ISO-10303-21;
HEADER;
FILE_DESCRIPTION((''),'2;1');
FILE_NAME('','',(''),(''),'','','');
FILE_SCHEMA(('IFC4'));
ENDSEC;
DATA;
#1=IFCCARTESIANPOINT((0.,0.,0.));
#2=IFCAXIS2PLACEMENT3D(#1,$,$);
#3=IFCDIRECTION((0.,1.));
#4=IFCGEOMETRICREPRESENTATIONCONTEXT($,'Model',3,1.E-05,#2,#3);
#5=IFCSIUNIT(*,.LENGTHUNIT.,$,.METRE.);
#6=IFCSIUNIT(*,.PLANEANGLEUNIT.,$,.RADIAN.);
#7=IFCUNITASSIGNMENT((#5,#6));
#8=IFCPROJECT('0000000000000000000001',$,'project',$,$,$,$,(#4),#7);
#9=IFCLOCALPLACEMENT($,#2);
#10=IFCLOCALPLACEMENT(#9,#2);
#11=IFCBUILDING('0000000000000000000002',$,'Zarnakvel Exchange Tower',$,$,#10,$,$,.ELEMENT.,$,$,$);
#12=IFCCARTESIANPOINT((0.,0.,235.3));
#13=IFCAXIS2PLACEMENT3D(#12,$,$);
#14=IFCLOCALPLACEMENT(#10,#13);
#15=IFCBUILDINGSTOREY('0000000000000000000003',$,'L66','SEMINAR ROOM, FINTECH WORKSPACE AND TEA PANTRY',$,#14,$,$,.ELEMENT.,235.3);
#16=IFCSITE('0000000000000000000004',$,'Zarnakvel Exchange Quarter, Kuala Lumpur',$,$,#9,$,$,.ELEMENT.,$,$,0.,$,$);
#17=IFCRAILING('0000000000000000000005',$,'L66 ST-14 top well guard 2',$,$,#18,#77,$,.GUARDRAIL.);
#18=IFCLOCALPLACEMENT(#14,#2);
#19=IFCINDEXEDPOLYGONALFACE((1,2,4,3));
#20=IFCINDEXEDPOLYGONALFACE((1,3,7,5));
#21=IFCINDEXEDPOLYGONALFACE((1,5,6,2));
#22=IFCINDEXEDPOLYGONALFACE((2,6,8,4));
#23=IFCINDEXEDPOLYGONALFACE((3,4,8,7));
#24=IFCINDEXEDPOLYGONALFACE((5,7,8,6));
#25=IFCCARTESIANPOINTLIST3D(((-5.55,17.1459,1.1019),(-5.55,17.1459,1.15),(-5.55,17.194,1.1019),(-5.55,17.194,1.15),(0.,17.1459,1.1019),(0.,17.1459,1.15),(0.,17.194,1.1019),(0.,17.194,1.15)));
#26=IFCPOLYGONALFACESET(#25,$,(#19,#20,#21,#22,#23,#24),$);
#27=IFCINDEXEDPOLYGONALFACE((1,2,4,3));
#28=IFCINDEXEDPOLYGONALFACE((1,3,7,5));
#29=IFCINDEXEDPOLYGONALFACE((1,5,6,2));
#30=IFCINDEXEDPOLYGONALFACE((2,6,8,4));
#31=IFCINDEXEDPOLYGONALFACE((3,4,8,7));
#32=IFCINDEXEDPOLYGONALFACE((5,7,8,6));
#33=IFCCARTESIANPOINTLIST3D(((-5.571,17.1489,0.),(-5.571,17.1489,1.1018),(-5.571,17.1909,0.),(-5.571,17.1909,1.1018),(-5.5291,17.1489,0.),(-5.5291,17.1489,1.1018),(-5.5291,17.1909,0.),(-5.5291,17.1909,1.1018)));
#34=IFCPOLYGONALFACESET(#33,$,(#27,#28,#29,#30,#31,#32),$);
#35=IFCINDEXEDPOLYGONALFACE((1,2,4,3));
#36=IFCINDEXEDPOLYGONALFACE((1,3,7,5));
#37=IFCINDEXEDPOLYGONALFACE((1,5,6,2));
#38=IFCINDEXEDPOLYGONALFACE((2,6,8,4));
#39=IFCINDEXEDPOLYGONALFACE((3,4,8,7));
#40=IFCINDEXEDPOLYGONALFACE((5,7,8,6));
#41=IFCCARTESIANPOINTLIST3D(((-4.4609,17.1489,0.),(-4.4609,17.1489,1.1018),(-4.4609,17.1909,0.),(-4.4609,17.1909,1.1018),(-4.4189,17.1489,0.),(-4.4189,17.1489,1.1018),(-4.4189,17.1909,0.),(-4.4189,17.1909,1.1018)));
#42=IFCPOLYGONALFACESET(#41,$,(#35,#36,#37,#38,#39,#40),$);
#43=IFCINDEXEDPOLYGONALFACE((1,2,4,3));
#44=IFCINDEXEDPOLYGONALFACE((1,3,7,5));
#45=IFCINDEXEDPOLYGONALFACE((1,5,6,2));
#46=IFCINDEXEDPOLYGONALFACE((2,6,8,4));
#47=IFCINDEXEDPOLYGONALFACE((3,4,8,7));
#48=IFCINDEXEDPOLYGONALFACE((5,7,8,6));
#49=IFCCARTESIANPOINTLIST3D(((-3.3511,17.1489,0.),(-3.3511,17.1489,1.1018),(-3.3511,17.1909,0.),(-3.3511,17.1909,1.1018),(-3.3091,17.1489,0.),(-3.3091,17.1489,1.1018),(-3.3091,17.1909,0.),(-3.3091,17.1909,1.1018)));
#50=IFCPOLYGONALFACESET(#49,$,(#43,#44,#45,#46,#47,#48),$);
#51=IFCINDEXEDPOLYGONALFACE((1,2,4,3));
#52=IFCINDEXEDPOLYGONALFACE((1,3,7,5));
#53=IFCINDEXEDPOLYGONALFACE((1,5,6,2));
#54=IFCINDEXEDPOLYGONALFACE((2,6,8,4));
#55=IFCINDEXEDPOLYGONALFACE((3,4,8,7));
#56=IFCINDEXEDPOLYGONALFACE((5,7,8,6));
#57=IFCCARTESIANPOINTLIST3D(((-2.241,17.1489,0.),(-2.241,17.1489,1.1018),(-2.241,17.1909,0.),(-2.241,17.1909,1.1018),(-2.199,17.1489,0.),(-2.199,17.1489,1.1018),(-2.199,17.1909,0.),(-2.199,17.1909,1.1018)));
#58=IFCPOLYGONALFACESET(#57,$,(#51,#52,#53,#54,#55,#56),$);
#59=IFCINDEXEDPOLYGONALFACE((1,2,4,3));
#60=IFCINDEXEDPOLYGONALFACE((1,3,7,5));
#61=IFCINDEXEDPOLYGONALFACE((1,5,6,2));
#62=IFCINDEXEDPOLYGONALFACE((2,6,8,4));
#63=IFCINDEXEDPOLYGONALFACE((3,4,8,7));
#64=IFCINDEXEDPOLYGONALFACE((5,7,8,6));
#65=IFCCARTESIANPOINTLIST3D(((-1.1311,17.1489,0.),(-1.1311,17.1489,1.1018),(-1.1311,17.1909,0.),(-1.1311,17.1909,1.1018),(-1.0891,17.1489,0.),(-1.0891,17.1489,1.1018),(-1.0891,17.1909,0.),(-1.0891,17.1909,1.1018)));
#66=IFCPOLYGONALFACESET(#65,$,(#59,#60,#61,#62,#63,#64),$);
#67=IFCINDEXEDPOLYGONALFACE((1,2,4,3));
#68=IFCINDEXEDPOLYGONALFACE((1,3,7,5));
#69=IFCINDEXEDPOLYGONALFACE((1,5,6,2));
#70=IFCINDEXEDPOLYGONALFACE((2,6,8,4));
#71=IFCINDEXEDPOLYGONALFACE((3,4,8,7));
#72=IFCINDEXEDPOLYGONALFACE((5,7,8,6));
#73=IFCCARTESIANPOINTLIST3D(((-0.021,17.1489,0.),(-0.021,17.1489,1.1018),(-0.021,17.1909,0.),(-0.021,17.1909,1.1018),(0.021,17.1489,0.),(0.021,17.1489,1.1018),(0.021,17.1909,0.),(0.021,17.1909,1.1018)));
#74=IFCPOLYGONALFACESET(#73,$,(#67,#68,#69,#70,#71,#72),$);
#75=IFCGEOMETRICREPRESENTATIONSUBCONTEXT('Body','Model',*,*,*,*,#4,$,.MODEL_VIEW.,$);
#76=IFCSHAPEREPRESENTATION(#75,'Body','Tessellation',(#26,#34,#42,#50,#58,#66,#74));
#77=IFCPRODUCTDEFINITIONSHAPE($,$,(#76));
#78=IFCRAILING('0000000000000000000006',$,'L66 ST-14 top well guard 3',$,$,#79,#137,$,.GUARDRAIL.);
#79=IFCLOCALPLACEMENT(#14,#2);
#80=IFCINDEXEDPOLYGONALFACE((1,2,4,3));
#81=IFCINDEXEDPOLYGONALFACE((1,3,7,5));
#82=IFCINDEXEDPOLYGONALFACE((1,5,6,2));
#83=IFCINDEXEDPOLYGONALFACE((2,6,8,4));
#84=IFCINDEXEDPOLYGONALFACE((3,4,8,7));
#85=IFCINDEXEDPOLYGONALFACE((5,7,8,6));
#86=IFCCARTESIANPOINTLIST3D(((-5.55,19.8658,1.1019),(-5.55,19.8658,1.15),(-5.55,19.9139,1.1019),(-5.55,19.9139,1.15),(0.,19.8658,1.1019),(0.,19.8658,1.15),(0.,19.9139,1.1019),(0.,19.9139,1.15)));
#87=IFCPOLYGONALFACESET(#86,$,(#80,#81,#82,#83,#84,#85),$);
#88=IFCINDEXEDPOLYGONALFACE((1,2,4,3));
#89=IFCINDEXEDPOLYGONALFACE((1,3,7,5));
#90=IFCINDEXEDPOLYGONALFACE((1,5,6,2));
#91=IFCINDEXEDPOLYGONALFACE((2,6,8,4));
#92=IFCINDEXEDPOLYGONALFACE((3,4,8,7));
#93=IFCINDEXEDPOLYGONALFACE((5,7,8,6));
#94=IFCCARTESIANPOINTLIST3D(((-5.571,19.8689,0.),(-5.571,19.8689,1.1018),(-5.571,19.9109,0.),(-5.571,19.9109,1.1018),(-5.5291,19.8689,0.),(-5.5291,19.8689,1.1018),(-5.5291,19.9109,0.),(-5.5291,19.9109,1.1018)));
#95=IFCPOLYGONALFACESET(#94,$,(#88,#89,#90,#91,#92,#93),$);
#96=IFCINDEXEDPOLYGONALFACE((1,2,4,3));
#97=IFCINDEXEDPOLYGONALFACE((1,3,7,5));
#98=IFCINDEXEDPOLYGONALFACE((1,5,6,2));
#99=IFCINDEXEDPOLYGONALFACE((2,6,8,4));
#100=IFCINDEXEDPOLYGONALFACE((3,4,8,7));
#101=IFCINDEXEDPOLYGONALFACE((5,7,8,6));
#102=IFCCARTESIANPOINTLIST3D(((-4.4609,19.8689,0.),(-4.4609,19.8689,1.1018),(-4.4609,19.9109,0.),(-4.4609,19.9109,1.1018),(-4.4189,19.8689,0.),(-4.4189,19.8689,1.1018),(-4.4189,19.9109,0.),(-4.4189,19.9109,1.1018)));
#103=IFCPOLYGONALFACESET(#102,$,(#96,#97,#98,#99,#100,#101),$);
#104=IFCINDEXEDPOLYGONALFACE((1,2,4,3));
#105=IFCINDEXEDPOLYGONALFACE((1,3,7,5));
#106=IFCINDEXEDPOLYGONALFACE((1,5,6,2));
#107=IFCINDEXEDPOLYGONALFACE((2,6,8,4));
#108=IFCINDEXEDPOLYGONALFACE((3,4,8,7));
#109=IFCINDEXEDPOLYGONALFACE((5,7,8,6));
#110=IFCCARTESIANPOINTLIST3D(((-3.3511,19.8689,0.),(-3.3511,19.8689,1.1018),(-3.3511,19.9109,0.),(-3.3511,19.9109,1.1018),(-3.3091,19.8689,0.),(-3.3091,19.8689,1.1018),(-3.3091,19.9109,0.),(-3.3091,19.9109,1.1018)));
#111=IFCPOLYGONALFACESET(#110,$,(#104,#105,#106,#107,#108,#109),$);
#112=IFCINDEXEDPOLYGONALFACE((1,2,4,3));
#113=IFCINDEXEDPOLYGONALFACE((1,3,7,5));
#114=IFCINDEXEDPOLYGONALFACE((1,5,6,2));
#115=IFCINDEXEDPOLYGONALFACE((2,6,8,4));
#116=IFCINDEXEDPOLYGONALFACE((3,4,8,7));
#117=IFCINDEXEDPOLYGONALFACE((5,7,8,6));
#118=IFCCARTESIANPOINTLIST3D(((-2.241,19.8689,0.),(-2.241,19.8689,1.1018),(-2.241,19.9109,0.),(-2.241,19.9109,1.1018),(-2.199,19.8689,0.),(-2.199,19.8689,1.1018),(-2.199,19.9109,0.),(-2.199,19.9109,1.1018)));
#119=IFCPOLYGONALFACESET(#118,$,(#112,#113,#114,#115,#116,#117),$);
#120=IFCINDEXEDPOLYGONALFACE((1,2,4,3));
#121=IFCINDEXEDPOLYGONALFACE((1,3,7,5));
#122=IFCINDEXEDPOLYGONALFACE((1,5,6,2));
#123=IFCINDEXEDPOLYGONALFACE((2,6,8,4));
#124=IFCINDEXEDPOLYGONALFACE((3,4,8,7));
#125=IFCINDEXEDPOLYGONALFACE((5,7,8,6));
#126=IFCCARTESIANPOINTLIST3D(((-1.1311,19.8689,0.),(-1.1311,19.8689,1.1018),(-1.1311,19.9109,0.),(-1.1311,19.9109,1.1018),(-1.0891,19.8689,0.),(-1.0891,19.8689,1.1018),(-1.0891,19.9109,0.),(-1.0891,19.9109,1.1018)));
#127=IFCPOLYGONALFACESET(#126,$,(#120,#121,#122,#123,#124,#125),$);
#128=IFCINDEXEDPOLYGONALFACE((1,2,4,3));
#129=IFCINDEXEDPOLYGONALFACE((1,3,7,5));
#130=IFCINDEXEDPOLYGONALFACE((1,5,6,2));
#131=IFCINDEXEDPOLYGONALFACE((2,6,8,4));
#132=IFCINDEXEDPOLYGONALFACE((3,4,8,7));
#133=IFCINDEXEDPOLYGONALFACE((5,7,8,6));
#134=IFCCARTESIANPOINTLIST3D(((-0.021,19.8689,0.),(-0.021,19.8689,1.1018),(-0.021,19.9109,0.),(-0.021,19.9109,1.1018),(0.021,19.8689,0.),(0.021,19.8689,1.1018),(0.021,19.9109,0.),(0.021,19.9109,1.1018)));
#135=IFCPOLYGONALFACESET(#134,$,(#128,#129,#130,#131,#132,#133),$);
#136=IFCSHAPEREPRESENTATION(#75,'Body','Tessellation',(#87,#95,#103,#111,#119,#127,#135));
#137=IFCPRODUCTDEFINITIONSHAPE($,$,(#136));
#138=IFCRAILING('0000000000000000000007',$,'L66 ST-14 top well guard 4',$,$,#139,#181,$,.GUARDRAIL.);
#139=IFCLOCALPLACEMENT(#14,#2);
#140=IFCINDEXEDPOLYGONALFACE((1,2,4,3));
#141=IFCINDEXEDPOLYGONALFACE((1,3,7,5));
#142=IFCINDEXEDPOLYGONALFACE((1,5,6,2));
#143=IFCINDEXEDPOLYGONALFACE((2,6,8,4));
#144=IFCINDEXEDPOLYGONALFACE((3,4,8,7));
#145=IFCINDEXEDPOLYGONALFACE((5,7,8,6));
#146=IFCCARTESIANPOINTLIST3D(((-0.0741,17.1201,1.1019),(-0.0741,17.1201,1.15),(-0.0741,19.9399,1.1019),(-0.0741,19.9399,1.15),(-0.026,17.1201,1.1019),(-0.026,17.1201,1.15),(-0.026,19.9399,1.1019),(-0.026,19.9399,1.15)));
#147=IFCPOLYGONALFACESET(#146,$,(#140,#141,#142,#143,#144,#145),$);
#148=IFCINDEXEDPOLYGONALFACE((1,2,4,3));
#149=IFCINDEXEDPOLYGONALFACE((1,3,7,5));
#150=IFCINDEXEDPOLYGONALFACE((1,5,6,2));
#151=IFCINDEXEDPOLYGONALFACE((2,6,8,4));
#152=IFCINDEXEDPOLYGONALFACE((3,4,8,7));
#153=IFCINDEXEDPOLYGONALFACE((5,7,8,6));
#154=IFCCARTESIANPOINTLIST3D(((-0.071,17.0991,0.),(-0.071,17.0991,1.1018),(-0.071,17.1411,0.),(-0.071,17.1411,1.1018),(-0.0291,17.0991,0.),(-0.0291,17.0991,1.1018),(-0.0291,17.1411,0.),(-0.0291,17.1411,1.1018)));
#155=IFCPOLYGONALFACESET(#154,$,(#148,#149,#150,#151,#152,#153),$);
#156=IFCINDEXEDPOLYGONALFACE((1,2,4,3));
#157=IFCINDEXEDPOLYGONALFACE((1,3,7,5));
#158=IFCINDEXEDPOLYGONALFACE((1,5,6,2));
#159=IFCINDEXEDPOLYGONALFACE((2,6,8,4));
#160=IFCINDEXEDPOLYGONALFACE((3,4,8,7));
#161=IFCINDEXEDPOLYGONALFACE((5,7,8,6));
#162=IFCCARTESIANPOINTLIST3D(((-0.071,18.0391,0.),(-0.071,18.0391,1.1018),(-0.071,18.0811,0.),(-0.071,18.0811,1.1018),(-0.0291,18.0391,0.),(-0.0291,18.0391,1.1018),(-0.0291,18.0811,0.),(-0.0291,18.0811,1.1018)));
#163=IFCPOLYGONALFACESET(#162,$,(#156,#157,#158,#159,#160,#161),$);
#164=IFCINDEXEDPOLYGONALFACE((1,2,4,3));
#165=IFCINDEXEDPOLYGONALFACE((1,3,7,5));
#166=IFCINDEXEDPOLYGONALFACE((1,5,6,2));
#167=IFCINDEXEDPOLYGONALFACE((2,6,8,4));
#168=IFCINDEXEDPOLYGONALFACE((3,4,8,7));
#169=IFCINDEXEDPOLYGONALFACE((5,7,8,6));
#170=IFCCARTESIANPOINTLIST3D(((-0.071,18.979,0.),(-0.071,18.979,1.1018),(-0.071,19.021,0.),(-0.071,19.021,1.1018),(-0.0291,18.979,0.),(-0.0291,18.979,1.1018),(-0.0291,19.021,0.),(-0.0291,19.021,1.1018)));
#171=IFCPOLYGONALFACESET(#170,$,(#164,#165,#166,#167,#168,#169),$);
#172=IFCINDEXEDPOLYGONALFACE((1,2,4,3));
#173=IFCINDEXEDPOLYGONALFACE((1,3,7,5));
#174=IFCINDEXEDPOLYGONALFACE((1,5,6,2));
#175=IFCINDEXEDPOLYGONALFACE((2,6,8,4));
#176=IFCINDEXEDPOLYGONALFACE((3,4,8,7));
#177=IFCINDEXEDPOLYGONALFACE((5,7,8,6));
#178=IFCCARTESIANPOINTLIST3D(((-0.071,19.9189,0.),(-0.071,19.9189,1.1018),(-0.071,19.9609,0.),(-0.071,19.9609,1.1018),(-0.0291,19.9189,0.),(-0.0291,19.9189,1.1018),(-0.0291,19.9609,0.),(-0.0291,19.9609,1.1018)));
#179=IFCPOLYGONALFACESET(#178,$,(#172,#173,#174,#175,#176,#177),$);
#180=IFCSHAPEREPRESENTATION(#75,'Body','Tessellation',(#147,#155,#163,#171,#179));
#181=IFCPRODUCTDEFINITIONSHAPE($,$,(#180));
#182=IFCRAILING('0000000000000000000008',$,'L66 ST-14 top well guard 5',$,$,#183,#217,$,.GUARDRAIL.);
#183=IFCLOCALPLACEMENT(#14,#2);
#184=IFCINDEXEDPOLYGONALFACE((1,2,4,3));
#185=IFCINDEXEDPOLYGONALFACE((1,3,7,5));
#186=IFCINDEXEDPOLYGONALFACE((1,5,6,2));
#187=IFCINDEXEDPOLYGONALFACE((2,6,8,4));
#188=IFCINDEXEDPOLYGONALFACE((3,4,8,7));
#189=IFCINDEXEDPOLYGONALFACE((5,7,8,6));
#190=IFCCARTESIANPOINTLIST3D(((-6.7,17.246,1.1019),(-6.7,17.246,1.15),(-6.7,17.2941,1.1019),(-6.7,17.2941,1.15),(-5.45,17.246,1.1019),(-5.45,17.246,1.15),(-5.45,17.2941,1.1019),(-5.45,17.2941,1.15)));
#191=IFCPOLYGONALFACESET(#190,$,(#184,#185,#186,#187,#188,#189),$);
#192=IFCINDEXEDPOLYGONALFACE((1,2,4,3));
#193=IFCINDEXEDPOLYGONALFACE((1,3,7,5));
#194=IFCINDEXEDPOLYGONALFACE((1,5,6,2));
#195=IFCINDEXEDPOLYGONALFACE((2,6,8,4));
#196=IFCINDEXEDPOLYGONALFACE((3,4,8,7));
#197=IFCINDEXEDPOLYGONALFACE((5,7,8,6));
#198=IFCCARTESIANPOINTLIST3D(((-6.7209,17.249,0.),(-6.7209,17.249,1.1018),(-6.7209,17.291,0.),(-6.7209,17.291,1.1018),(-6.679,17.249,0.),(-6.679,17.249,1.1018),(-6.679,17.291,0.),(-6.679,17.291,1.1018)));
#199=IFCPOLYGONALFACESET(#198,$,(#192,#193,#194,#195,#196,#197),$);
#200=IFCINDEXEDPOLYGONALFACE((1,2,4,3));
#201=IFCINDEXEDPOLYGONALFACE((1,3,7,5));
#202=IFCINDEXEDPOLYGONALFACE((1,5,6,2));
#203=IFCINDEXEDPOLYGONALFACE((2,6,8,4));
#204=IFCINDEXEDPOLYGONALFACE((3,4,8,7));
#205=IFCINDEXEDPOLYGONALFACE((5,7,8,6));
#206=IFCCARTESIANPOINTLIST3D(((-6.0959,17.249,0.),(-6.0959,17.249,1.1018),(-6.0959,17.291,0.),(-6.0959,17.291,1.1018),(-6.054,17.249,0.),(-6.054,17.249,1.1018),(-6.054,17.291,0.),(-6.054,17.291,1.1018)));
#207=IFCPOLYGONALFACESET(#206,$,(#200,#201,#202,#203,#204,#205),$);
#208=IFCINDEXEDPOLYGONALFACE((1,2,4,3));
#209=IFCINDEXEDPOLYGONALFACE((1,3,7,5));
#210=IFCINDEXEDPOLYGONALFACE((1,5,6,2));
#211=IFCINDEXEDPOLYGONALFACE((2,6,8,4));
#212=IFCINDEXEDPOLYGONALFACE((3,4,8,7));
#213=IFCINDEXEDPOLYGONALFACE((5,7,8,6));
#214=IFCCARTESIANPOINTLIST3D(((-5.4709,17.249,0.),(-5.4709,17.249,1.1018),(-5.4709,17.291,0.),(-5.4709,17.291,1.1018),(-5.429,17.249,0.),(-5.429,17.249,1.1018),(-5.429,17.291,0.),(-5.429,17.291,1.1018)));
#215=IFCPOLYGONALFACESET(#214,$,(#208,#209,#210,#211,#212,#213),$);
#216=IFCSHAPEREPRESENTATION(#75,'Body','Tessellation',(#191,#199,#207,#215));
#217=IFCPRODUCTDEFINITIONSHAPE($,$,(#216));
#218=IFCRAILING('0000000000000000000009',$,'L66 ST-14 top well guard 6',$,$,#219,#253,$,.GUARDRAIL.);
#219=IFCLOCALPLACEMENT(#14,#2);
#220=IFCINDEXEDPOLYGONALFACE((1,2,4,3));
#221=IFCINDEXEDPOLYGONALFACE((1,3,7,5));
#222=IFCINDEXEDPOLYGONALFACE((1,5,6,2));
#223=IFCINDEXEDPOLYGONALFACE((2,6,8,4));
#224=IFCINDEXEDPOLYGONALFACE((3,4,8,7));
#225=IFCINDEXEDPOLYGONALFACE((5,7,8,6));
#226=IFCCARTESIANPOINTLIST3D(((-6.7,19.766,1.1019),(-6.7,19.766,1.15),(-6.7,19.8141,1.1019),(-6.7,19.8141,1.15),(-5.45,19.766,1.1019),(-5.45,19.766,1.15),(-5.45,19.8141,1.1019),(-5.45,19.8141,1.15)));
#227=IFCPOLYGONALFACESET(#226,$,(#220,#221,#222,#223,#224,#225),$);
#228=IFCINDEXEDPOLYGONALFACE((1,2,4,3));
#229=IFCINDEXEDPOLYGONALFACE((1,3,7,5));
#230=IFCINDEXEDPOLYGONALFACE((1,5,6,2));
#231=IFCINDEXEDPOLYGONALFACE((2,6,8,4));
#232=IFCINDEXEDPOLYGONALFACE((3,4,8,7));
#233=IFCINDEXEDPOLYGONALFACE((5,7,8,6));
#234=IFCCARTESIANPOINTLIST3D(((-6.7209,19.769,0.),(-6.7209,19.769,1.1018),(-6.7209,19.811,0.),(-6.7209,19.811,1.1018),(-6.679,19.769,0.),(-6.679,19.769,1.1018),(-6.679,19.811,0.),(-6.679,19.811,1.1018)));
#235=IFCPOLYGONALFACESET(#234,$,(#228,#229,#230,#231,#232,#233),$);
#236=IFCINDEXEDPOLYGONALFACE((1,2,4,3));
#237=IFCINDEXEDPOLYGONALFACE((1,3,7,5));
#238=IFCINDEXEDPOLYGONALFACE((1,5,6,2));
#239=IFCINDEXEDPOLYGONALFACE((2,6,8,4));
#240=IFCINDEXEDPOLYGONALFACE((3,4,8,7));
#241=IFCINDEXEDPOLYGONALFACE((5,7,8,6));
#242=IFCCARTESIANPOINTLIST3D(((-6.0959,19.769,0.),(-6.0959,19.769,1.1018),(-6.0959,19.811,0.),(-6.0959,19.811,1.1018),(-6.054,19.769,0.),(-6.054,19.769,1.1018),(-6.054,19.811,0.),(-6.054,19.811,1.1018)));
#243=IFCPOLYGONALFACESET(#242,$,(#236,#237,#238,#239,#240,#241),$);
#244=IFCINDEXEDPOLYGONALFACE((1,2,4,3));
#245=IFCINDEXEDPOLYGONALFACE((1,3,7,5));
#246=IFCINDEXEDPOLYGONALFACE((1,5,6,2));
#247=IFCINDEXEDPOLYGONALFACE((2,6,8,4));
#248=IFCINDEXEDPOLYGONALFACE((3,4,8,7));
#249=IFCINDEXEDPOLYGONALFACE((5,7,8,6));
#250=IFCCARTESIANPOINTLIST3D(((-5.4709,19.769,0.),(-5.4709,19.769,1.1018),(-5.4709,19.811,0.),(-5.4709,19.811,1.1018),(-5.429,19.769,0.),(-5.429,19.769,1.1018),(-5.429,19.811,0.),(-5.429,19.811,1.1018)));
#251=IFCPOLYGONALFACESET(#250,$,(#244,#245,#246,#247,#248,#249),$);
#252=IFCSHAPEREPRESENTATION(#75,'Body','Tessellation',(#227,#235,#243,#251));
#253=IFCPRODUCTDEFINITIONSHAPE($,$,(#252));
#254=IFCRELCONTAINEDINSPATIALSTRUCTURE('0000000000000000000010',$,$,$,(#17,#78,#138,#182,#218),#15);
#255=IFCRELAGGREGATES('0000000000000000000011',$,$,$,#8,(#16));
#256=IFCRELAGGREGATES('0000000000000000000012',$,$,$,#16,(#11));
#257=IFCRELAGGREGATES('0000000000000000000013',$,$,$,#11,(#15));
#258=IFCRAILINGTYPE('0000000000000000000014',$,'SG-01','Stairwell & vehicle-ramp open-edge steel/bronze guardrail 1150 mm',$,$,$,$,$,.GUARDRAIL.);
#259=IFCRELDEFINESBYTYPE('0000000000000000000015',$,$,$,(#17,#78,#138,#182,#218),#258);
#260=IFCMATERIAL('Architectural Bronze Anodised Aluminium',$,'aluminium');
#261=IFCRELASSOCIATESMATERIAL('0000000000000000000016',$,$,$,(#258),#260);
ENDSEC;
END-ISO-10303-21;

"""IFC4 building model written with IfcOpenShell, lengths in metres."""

from ifc_helpers import new_model, si_unit, direction, frame, origin, origin_2d, place, context, subcontext, project, spatial, rectangle, extrude, material, type_object, element, save


model = new_model("IFC4")

# Units and contexts
model_context = context("Model", 3, precision=1e-05, world=origin(), true_north=direction((0.0, 1.0)))
body_context = subcontext(model_context, "Body", "Model", "MODEL_VIEW")
ifc_project = project(units=[si_unit("LENGTHUNIT", "METRE"), si_unit("PLANEANGLEUNIT", "RADIAN")], contexts=[model_context])

# Site, building, storey
site_placement = place(None, origin())
site = spatial("IfcSite", under=ifc_project, at=site_placement, Name="Zarnakvel Exchange Quarter, Kuala Lumpur", CompositionType="ELEMENT", RefElevation=0.0)
building_placement = place(site_placement, origin())
building = spatial("IfcBuilding", under=site, at=building_placement, Name="Zarnakvel Exchange Tower", CompositionType="ELEMENT")
storey_placement = place(building_placement, frame((0.0, 0.0, 235.3)))
storey = spatial("IfcBuildingStorey", under=building, at=storey_placement, Name="L66", Description="SEMINAR ROOM, FINTECH WORKSPACE AND TEA PANTRY", CompositionType="ELEMENT", Elevation=235.3)

# Shared definitions
ifc_material_1 = material(Name="Architectural Bronze Anodised Aluminium", Category="aluminium")

# Railings
railing_type_1 = type_object("IfcRailingType", Name="SG-01", Description="Stairwell & vehicle-ramp open-edge steel/bronze guardrail 1150 mm", PredefinedType="GUARDRAIL", material=ifc_material_1)
for number, where, name in (
    (1, (-5.55, 17.1699, 0.0), "L66 ST-14 top well guard 2"),
    (2, (-5.55, 19.8899, 0.0), "L66 ST-14 top well guard 3"),
):
    element("IfcRailing", number, at=place(storey_placement, frame(where)), inside=storey, type_object=railing_type_1, Name=name, PredefinedType="GUARDRAIL", context=body_context, shape_type="SweptSolid", body=[
        extrude(rectangle(XDim=0.0481, YDim=0.0481, at=origin_2d()), frame((0.0, 0.0, 1.126), z_axis=(1.0, 0.0, 0.0), x_axis=(0.0, 1.0, 0.0)), (0.0, 0.0, 1.0), 5.55),
        extrude(rectangle(XDim=0.042, YDim=0.042, at=origin_2d()), origin(), (0.0, 0.0, 1.0), 1.1018),
        extrude(rectangle(XDim=0.042, YDim=0.042, at=origin_2d()), frame((1.1101, 0.0, 0.0)), (0.0, 0.0, 1.0), 1.1018),
        extrude(rectangle(XDim=0.042, YDim=0.042, at=origin_2d()), frame((2.22, 0.0, 0.0)), (0.0, 0.0, 1.0), 1.1018),
        extrude(rectangle(XDim=0.042, YDim=0.042, at=origin_2d()), frame((3.3301, 0.0, 0.0)), (0.0, 0.0, 1.0), 1.1018),
        extrude(rectangle(XDim=0.042, YDim=0.042, at=origin_2d()), frame((4.4399, 0.0, 0.0)), (0.0, 0.0, 1.0), 1.1018),
        extrude(rectangle(XDim=0.042, YDim=0.042, at=origin_2d()), frame((5.55, 0.0, 0.0)), (0.0, 0.0, 1.0), 1.1018),
    ])
railing_1_placement = place(storey_placement, frame((-0.05, 17.1201, 0.0)))
element("IfcRailing", 3, at=railing_1_placement, inside=storey, type_object=railing_type_1, Name="L66 ST-14 top well guard 4", PredefinedType="GUARDRAIL", context=body_context, shape_type="SweptSolid", body=[
    extrude(rectangle(XDim=0.0481, YDim=0.0481, at=origin_2d()), frame((0.0, 0.0, 1.126), z_axis=(0.0, 1.0, 0.0), x_axis=(-1.0, 0.0, 0.0)), (0.0, 0.0, 1.0), 2.8198),
    extrude(rectangle(XDim=0.042, YDim=0.042, at=origin_2d()), origin(), (0.0, 0.0, 1.0), 1.1018),
    extrude(rectangle(XDim=0.042, YDim=0.042, at=origin_2d()), frame((0.0, 0.9399, 0.0)), (0.0, 0.0, 1.0), 1.1018),
    extrude(rectangle(XDim=0.042, YDim=0.042, at=origin_2d()), frame((0.0, 1.8799, 0.0)), (0.0, 0.0, 1.0), 1.1018),
    extrude(rectangle(XDim=0.042, YDim=0.042, at=origin_2d()), frame((0.0, 2.8198, 0.0)), (0.0, 0.0, 1.0), 1.1018),
])
for number, where, name in (
    (4, (-6.7, 17.27, 0.0), "L66 ST-14 top well guard 5"),
    (5, (-6.7, 19.79, 0.0), "L66 ST-14 top well guard 6"),
):
    element("IfcRailing", number, at=place(storey_placement, frame(where)), inside=storey, type_object=railing_type_1, Name=name, PredefinedType="GUARDRAIL", context=body_context, shape_type="SweptSolid", body=[
        extrude(rectangle(XDim=0.0481, YDim=0.0481, at=origin_2d()), frame((0.0, 0.0, 1.126), z_axis=(1.0, 0.0, 0.0), x_axis=(0.0, 1.0, 0.0)), (0.0, 0.0, 1.0), 1.25),
        extrude(rectangle(XDim=0.042, YDim=0.042, at=origin_2d()), origin(), (0.0, 0.0, 1.0), 1.1018),
        extrude(rectangle(XDim=0.042, YDim=0.042, at=origin_2d()), frame((0.625, 0.0, 0.0)), (0.0, 0.0, 1.0), 1.1018),
        extrude(rectangle(XDim=0.042, YDim=0.042, at=origin_2d()), frame((1.25, 0.0, 0.0)), (0.0, 0.0, 1.0), 1.1018),
    ])

save(model, "model.ifc")
